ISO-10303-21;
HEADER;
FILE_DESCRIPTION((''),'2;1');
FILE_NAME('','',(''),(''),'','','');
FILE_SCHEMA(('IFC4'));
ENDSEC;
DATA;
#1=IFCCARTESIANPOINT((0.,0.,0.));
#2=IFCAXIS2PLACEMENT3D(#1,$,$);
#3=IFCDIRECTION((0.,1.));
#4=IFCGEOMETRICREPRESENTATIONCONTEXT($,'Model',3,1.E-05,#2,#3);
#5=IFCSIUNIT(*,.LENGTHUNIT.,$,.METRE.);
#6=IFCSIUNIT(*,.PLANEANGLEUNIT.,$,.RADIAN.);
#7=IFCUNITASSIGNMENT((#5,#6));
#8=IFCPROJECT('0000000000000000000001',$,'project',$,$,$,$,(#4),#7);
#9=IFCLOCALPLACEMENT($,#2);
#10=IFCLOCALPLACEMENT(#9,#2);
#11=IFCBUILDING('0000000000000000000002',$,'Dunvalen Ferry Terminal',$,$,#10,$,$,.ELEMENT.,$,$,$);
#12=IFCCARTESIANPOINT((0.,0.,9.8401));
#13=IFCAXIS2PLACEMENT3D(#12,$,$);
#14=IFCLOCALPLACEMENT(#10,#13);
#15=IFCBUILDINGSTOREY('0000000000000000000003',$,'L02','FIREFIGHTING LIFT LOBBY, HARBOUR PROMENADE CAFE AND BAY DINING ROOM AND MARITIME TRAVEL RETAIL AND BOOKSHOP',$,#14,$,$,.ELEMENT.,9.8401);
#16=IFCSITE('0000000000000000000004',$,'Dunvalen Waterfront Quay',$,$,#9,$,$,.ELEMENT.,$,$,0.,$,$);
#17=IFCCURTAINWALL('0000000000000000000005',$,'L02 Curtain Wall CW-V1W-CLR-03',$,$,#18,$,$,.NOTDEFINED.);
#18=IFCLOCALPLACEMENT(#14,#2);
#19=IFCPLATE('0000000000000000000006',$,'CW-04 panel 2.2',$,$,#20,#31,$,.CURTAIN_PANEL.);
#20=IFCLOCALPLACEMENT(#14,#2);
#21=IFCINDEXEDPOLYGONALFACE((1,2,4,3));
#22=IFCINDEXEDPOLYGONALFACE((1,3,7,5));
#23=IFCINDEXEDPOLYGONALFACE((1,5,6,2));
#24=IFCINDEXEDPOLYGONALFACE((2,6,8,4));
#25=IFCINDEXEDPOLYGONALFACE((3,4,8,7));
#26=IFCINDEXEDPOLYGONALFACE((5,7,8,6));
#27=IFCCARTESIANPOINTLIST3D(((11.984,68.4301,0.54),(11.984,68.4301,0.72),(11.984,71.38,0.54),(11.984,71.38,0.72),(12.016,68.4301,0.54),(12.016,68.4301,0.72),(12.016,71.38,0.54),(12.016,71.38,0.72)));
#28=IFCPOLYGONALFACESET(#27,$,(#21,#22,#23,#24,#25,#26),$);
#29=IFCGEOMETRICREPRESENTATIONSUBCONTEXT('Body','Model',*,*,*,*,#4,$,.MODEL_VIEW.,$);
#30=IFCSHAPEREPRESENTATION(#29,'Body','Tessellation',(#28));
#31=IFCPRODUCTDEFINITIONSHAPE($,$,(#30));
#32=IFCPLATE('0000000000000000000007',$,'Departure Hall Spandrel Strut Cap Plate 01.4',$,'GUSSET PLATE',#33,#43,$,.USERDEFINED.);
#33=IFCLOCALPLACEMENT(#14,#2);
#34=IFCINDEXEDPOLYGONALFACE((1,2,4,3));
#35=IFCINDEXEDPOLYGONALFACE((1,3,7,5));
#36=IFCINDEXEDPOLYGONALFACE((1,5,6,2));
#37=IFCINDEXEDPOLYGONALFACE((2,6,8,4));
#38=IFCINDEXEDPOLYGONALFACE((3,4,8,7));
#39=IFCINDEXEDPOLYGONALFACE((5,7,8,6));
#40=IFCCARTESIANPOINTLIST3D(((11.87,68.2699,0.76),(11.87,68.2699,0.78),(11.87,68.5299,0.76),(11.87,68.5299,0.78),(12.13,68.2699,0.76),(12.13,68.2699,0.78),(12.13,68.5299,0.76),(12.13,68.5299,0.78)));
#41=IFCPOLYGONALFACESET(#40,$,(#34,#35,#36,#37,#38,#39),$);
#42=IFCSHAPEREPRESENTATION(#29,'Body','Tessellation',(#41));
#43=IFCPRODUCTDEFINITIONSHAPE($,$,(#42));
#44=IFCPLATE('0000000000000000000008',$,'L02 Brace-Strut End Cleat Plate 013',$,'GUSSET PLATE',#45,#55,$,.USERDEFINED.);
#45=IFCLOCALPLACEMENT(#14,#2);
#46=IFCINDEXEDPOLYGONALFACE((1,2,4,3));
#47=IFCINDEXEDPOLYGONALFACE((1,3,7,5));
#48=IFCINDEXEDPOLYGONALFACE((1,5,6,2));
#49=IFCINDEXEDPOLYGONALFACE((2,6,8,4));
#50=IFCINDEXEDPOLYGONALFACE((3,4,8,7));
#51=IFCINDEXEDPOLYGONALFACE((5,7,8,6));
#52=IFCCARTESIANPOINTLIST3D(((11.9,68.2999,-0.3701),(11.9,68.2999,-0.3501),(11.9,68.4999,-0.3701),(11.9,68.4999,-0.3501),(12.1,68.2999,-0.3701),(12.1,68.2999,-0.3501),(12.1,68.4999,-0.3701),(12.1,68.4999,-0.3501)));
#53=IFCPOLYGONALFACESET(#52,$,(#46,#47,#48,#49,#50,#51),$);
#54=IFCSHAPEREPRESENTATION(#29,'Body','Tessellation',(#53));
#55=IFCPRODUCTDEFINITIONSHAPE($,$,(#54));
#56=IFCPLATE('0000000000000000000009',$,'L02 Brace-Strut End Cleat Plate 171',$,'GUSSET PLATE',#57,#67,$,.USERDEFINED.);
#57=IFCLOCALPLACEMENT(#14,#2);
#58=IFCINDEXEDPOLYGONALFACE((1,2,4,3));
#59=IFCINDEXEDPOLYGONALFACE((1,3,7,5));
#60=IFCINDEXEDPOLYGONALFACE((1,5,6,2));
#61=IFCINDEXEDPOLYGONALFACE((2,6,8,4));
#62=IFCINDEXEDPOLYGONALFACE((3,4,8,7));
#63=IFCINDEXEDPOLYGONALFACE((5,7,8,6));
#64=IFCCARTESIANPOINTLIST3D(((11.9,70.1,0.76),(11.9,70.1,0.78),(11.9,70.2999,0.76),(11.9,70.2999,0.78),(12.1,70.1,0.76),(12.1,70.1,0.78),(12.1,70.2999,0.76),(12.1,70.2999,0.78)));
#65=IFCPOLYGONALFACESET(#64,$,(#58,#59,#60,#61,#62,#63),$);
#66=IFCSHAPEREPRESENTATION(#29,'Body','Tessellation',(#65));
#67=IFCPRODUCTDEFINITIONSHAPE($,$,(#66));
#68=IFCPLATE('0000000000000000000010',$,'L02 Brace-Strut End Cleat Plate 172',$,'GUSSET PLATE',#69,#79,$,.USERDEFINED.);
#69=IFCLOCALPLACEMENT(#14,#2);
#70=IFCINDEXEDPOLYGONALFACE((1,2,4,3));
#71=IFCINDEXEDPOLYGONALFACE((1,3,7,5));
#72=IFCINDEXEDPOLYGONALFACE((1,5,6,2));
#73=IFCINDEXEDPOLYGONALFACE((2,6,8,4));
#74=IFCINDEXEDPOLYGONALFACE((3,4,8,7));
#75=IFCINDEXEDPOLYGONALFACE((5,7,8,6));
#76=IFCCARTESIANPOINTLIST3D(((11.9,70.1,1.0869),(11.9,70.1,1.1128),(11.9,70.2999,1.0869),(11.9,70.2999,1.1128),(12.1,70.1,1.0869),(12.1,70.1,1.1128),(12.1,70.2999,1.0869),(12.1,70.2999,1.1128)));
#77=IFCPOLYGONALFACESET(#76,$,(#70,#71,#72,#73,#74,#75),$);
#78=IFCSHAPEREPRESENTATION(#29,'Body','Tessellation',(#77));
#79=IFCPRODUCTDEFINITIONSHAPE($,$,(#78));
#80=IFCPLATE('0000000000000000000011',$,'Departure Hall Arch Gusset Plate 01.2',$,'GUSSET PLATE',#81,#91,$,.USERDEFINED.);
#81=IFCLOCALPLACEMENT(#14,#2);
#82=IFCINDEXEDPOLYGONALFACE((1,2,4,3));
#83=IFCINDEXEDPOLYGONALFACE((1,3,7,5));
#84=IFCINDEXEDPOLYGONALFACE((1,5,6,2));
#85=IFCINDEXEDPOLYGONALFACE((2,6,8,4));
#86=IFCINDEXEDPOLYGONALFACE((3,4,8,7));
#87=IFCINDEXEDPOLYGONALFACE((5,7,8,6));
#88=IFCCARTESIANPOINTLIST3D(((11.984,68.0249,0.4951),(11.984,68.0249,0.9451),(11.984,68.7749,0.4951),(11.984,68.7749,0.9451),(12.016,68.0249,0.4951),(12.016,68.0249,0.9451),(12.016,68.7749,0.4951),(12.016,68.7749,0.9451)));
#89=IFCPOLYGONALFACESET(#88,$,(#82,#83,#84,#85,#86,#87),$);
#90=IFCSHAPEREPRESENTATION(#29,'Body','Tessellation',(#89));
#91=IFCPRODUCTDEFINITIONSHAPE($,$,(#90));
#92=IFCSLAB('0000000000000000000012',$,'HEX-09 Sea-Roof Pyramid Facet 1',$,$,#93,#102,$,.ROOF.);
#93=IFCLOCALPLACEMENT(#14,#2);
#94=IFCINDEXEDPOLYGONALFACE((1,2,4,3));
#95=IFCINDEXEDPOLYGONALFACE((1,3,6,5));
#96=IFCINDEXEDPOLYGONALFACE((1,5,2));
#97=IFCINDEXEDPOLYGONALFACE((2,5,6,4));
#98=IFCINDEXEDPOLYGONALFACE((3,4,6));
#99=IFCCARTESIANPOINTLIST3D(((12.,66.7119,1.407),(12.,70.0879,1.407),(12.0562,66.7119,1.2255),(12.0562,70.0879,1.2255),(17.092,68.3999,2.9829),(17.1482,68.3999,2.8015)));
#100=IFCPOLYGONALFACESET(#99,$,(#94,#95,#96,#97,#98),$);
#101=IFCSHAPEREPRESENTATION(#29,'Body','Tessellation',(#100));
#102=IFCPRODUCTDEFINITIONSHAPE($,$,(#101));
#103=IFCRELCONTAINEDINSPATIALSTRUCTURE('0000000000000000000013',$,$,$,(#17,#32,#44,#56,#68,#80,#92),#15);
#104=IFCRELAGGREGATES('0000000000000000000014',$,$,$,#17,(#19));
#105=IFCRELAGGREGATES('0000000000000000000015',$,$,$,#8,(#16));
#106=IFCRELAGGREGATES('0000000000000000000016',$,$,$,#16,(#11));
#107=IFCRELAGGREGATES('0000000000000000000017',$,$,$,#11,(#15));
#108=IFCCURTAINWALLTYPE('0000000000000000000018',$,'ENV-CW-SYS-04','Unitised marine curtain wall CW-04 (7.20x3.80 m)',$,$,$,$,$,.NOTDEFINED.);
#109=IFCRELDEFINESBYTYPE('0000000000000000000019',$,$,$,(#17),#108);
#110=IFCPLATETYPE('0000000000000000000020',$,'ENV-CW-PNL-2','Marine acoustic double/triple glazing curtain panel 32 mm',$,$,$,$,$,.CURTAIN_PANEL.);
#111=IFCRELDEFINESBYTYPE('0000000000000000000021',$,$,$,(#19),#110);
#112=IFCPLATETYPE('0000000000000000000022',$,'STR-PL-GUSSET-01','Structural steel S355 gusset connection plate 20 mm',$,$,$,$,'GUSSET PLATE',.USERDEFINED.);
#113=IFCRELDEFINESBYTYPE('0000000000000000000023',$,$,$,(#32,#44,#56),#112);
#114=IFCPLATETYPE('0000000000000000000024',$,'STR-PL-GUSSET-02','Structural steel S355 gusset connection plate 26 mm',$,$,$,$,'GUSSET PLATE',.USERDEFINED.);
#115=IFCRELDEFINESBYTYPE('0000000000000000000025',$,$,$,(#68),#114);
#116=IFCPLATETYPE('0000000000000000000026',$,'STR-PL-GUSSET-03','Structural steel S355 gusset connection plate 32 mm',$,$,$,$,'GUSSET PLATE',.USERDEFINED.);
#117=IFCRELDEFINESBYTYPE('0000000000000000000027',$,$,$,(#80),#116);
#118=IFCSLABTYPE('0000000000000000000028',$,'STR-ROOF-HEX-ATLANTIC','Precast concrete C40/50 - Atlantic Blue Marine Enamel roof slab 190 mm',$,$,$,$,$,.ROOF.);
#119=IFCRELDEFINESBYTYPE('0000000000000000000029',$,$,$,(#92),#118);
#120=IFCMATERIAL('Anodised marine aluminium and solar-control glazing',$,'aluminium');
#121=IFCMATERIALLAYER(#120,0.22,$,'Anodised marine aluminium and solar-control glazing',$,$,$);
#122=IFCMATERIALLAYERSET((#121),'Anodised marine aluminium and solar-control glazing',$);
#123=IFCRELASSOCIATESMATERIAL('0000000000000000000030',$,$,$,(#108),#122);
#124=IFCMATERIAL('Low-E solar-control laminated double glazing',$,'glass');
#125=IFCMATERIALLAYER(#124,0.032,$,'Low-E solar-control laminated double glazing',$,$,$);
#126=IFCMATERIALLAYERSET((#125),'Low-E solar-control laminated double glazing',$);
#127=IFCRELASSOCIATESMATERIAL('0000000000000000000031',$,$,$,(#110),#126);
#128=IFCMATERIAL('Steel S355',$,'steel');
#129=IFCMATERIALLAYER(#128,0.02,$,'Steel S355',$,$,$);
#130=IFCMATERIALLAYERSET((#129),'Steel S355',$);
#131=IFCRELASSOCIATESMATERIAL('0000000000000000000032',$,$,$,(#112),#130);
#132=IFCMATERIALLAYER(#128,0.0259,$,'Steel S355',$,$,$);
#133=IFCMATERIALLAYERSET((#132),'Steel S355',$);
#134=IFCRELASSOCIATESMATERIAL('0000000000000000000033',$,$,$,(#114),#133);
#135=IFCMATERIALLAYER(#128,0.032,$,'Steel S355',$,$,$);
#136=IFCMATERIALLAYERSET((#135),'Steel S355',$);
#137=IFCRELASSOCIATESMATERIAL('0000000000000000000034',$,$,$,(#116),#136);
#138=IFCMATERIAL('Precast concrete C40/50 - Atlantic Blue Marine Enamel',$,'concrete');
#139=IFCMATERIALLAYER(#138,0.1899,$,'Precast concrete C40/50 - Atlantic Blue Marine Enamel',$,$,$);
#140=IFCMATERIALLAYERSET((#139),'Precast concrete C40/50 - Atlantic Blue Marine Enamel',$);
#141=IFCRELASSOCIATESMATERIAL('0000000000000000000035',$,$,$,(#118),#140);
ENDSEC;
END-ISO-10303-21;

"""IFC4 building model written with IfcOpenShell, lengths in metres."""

from ifc_helpers import new_model, si_unit, direction, frame, origin, origin_2d, place, context, subcontext, project, spatial, polyline, rectangle, outline, extrude, material, layer, layer_set, type_object, element, aggregate, save


model = new_model("IFC4")

# Units and contexts
model_context = context("Model", 3, precision=1e-05, world=origin(), true_north=direction((0.0, 1.0)))
body_context = subcontext(model_context, "Body", "Model", "MODEL_VIEW")
ifc_project = project(units=[si_unit("LENGTHUNIT", "METRE"), si_unit("PLANEANGLEUNIT", "RADIAN")], contexts=[model_context])

# Site, building, storey
site_placement = place(None, origin())
site = spatial("IfcSite", under=ifc_project, at=site_placement, Name="Dunvalen Waterfront Quay", CompositionType="ELEMENT", RefElevation=0.0)
building_placement = place(site_placement, origin())
building = spatial("IfcBuilding", under=site, at=building_placement, Name="Dunvalen Ferry Terminal", CompositionType="ELEMENT")
storey_placement = place(building_placement, frame((0.0, 0.0, 9.8401)))
storey = spatial("IfcBuildingStorey", under=building, at=storey_placement, Name="L02", Description="FIREFIGHTING LIFT LOBBY, HARBOUR PROMENADE CAFE AND BAY DINING ROOM AND MARITIME TRAVEL RETAIL AND BOOKSHOP", CompositionType="ELEMENT", Elevation=9.8401)

# Curtain wall
ifc_material_1 = material(Name="Anodised marine aluminium and solar-control glazing", Category="aluminium")
ifc_layer_1 = layer(ifc_material_1, 0.22, Name="Anodised marine aluminium and solar-control glazing")
ifc_layer_set_1 = layer_set([ifc_layer_1], Name="Anodised marine aluminium and solar-control glazing")
curtain_wall_type = type_object("IfcCurtainWallType", Name="ENV-CW-SYS-04", Description="Unitised marine curtain wall CW-04 (7.20x3.80 m)", PredefinedType="NOTDEFINED", material=ifc_layer_set_1)
curtain_wall_1_placement = place(storey_placement, origin())
curtain_wall_1 = element("IfcCurtainWall", 1, at=curtain_wall_1_placement, inside=storey, type_object=curtain_wall_type, Name="L02 Curtain Wall CW-V1W-CLR-03", PredefinedType="NOTDEFINED")

# Shared definitions
ifc_material_2 = material(Name="Steel S355", Category="steel")

# Plate
ifc_material_3 = material(Name="Low-E solar-control laminated double glazing", Category="glass")
ifc_layer_2 = layer(ifc_material_3, 0.032, Name="Low-E solar-control laminated double glazing")
ifc_layer_set_2 = layer_set([ifc_layer_2], Name="Low-E solar-control laminated double glazing")
plate_type_1 = type_object("IfcPlateType", Name="ENV-CW-PNL-2", Description="Marine acoustic double/triple glazing curtain panel 32 mm", PredefinedType="CURTAIN_PANEL", material=ifc_layer_set_2)
plate_1_placement = place(storey_placement, frame((12.0, 69.905, 0.54), z_axis=(0.0, 0.0, 1.0), x_axis=(0.0, 1.0, 0.0)))
plate_1 = element("IfcPlate", 2, at=plate_1_placement, type_object=plate_type_1, Name="CW-04 panel 2.2", PredefinedType="CURTAIN_PANEL", context=body_context, shape_type="SweptSolid", body=[
    extrude(rectangle(XDim=2.95, YDim=0.032, at=origin_2d()), origin(), (0.0, 0.0, 1.0), 0.1799),
])
aggregate(curtain_wall_1, [plate_1])

# Plates
ifc_layer_3 = layer(ifc_material_2, 0.02, Name="Steel S355")
ifc_layer_set_3 = layer_set([ifc_layer_3], Name="Steel S355")
plate_type_2 = type_object("IfcPlateType", Name="STR-PL-GUSSET-01", Description="Structural steel S355 gusset connection plate 20 mm", ElementType="GUSSET PLATE", PredefinedType="USERDEFINED", material=ifc_layer_set_3)
plate_2_placement = place(storey_placement, frame((12.0, 68.3999, 0.76), z_axis=(0.0, 0.0, 1.0), x_axis=(1.0, 0.0, 0.0)))
element("IfcPlate", 3, at=plate_2_placement, inside=storey, type_object=plate_type_2, Name="Departure Hall Spandrel Strut Cap Plate 01.4", ObjectType="GUSSET PLATE", PredefinedType="USERDEFINED", context=body_context, shape_type="SweptSolid", body=[
    extrude(rectangle(XDim=0.26, YDim=0.26, at=origin_2d()), origin(), (0.0, 0.0, 1.0), 0.02),
])
for number, where, z_axis, x_axis, name in (
    (4, (12.0, 68.3999, -0.3701), (0.0, 0.0, 1.0), (1.0, 0.0, 0.0), "L02 Brace-Strut End Cleat Plate 013"),
    (5, (12.0, 70.2, 0.76), (0.0, 0.0, 1.0), (1.0, 0.0, 0.0), "L02 Brace-Strut End Cleat Plate 171"),
):
    element("IfcPlate", number, at=place(storey_placement, frame(where, z_axis=z_axis, x_axis=x_axis)), inside=storey, type_object=plate_type_2, Name=name, ObjectType="GUSSET PLATE", PredefinedType="USERDEFINED", context=body_context, shape_type="SweptSolid", body=[
        extrude(rectangle(XDim=0.2, YDim=0.2, at=origin_2d()), origin(), (0.0, 0.0, 1.0), 0.02),
    ])
ifc_layer_4 = layer(ifc_material_2, 0.0259, Name="Steel S355")
ifc_layer_set_4 = layer_set([ifc_layer_4], Name="Steel S355")
plate_type_3 = type_object("IfcPlateType", Name="STR-PL-GUSSET-02", Description="Structural steel S355 gusset connection plate 26 mm", ElementType="GUSSET PLATE", PredefinedType="USERDEFINED", material=ifc_layer_set_4)
plate_3_placement = place(storey_placement, frame((12.0, 70.2, 1.0869), z_axis=(0.0, 0.0, 1.0), x_axis=(1.0, 0.0, 0.0)))
element("IfcPlate", 6, at=plate_3_placement, inside=storey, type_object=plate_type_3, Name="L02 Brace-Strut End Cleat Plate 172", ObjectType="GUSSET PLATE", PredefinedType="USERDEFINED", context=body_context, shape_type="SweptSolid", body=[
    extrude(rectangle(XDim=0.2, YDim=0.2, at=origin_2d()), origin(), (0.0, 0.0, 1.0), 0.0259),
])
ifc_layer_5 = layer(ifc_material_2, 0.032, Name="Steel S355")
ifc_layer_set_5 = layer_set([ifc_layer_5], Name="Steel S355")
plate_type_4 = type_object("IfcPlateType", Name="STR-PL-GUSSET-03", Description="Structural steel S355 gusset connection plate 32 mm", ElementType="GUSSET PLATE", PredefinedType="USERDEFINED", material=ifc_layer_set_5)
plate_4_placement = place(storey_placement, frame((12.0, 68.3999, 0.4951), z_axis=(0.0, 0.0, 1.0), x_axis=(1.0, 0.0, 0.0)))
element("IfcPlate", 7, at=plate_4_placement, inside=storey, type_object=plate_type_4, Name="Departure Hall Arch Gusset Plate 01.2", ObjectType="GUSSET PLATE", PredefinedType="USERDEFINED", context=body_context, shape_type="SweptSolid", body=[
    extrude(rectangle(XDim=0.032, YDim=0.75, at=origin_2d()), origin(), (0.0, 0.0, 1.0), 0.45),
])

# Slab
ifc_material_4 = material(Name="Precast concrete C40/50 - Atlantic Blue Marine Enamel", Category="concrete")
ifc_layer_6 = layer(ifc_material_4, 0.1899, Name="Precast concrete C40/50 - Atlantic Blue Marine Enamel")
ifc_layer_set_6 = layer_set([ifc_layer_6], Name="Precast concrete C40/50 - Atlantic Blue Marine Enamel")
slab_type = type_object("IfcSlabType", Name="STR-ROOF-HEX-ATLANTIC", Description="Precast concrete C40/50 - Atlantic Blue Marine Enamel roof slab 190 mm", PredefinedType="ROOF", material=ifc_layer_set_6)
slab_placement = place(storey_placement, frame((12.0, 70.0879, 1.407), z_axis=(-0.295653, 0.0, 0.955295), x_axis=(0.0, -1.0, 0.0)))
element("IfcSlab", 8, at=slab_placement, inside=storey, type_object=slab_type, Name="HEX-09 Sea-Roof Pyramid Facet 1", PredefinedType="ROOF", context=body_context, shape_type="SweptSolid", body=[
    extrude(outline(polyline([(0.0, 0.0), (3.376, 0.0), (1.688, 5.3303), (0.0, 0.0)])), origin(), (0.0, 0.0, -1.0), 0.1899),
])

save(model, "model.ifc")
